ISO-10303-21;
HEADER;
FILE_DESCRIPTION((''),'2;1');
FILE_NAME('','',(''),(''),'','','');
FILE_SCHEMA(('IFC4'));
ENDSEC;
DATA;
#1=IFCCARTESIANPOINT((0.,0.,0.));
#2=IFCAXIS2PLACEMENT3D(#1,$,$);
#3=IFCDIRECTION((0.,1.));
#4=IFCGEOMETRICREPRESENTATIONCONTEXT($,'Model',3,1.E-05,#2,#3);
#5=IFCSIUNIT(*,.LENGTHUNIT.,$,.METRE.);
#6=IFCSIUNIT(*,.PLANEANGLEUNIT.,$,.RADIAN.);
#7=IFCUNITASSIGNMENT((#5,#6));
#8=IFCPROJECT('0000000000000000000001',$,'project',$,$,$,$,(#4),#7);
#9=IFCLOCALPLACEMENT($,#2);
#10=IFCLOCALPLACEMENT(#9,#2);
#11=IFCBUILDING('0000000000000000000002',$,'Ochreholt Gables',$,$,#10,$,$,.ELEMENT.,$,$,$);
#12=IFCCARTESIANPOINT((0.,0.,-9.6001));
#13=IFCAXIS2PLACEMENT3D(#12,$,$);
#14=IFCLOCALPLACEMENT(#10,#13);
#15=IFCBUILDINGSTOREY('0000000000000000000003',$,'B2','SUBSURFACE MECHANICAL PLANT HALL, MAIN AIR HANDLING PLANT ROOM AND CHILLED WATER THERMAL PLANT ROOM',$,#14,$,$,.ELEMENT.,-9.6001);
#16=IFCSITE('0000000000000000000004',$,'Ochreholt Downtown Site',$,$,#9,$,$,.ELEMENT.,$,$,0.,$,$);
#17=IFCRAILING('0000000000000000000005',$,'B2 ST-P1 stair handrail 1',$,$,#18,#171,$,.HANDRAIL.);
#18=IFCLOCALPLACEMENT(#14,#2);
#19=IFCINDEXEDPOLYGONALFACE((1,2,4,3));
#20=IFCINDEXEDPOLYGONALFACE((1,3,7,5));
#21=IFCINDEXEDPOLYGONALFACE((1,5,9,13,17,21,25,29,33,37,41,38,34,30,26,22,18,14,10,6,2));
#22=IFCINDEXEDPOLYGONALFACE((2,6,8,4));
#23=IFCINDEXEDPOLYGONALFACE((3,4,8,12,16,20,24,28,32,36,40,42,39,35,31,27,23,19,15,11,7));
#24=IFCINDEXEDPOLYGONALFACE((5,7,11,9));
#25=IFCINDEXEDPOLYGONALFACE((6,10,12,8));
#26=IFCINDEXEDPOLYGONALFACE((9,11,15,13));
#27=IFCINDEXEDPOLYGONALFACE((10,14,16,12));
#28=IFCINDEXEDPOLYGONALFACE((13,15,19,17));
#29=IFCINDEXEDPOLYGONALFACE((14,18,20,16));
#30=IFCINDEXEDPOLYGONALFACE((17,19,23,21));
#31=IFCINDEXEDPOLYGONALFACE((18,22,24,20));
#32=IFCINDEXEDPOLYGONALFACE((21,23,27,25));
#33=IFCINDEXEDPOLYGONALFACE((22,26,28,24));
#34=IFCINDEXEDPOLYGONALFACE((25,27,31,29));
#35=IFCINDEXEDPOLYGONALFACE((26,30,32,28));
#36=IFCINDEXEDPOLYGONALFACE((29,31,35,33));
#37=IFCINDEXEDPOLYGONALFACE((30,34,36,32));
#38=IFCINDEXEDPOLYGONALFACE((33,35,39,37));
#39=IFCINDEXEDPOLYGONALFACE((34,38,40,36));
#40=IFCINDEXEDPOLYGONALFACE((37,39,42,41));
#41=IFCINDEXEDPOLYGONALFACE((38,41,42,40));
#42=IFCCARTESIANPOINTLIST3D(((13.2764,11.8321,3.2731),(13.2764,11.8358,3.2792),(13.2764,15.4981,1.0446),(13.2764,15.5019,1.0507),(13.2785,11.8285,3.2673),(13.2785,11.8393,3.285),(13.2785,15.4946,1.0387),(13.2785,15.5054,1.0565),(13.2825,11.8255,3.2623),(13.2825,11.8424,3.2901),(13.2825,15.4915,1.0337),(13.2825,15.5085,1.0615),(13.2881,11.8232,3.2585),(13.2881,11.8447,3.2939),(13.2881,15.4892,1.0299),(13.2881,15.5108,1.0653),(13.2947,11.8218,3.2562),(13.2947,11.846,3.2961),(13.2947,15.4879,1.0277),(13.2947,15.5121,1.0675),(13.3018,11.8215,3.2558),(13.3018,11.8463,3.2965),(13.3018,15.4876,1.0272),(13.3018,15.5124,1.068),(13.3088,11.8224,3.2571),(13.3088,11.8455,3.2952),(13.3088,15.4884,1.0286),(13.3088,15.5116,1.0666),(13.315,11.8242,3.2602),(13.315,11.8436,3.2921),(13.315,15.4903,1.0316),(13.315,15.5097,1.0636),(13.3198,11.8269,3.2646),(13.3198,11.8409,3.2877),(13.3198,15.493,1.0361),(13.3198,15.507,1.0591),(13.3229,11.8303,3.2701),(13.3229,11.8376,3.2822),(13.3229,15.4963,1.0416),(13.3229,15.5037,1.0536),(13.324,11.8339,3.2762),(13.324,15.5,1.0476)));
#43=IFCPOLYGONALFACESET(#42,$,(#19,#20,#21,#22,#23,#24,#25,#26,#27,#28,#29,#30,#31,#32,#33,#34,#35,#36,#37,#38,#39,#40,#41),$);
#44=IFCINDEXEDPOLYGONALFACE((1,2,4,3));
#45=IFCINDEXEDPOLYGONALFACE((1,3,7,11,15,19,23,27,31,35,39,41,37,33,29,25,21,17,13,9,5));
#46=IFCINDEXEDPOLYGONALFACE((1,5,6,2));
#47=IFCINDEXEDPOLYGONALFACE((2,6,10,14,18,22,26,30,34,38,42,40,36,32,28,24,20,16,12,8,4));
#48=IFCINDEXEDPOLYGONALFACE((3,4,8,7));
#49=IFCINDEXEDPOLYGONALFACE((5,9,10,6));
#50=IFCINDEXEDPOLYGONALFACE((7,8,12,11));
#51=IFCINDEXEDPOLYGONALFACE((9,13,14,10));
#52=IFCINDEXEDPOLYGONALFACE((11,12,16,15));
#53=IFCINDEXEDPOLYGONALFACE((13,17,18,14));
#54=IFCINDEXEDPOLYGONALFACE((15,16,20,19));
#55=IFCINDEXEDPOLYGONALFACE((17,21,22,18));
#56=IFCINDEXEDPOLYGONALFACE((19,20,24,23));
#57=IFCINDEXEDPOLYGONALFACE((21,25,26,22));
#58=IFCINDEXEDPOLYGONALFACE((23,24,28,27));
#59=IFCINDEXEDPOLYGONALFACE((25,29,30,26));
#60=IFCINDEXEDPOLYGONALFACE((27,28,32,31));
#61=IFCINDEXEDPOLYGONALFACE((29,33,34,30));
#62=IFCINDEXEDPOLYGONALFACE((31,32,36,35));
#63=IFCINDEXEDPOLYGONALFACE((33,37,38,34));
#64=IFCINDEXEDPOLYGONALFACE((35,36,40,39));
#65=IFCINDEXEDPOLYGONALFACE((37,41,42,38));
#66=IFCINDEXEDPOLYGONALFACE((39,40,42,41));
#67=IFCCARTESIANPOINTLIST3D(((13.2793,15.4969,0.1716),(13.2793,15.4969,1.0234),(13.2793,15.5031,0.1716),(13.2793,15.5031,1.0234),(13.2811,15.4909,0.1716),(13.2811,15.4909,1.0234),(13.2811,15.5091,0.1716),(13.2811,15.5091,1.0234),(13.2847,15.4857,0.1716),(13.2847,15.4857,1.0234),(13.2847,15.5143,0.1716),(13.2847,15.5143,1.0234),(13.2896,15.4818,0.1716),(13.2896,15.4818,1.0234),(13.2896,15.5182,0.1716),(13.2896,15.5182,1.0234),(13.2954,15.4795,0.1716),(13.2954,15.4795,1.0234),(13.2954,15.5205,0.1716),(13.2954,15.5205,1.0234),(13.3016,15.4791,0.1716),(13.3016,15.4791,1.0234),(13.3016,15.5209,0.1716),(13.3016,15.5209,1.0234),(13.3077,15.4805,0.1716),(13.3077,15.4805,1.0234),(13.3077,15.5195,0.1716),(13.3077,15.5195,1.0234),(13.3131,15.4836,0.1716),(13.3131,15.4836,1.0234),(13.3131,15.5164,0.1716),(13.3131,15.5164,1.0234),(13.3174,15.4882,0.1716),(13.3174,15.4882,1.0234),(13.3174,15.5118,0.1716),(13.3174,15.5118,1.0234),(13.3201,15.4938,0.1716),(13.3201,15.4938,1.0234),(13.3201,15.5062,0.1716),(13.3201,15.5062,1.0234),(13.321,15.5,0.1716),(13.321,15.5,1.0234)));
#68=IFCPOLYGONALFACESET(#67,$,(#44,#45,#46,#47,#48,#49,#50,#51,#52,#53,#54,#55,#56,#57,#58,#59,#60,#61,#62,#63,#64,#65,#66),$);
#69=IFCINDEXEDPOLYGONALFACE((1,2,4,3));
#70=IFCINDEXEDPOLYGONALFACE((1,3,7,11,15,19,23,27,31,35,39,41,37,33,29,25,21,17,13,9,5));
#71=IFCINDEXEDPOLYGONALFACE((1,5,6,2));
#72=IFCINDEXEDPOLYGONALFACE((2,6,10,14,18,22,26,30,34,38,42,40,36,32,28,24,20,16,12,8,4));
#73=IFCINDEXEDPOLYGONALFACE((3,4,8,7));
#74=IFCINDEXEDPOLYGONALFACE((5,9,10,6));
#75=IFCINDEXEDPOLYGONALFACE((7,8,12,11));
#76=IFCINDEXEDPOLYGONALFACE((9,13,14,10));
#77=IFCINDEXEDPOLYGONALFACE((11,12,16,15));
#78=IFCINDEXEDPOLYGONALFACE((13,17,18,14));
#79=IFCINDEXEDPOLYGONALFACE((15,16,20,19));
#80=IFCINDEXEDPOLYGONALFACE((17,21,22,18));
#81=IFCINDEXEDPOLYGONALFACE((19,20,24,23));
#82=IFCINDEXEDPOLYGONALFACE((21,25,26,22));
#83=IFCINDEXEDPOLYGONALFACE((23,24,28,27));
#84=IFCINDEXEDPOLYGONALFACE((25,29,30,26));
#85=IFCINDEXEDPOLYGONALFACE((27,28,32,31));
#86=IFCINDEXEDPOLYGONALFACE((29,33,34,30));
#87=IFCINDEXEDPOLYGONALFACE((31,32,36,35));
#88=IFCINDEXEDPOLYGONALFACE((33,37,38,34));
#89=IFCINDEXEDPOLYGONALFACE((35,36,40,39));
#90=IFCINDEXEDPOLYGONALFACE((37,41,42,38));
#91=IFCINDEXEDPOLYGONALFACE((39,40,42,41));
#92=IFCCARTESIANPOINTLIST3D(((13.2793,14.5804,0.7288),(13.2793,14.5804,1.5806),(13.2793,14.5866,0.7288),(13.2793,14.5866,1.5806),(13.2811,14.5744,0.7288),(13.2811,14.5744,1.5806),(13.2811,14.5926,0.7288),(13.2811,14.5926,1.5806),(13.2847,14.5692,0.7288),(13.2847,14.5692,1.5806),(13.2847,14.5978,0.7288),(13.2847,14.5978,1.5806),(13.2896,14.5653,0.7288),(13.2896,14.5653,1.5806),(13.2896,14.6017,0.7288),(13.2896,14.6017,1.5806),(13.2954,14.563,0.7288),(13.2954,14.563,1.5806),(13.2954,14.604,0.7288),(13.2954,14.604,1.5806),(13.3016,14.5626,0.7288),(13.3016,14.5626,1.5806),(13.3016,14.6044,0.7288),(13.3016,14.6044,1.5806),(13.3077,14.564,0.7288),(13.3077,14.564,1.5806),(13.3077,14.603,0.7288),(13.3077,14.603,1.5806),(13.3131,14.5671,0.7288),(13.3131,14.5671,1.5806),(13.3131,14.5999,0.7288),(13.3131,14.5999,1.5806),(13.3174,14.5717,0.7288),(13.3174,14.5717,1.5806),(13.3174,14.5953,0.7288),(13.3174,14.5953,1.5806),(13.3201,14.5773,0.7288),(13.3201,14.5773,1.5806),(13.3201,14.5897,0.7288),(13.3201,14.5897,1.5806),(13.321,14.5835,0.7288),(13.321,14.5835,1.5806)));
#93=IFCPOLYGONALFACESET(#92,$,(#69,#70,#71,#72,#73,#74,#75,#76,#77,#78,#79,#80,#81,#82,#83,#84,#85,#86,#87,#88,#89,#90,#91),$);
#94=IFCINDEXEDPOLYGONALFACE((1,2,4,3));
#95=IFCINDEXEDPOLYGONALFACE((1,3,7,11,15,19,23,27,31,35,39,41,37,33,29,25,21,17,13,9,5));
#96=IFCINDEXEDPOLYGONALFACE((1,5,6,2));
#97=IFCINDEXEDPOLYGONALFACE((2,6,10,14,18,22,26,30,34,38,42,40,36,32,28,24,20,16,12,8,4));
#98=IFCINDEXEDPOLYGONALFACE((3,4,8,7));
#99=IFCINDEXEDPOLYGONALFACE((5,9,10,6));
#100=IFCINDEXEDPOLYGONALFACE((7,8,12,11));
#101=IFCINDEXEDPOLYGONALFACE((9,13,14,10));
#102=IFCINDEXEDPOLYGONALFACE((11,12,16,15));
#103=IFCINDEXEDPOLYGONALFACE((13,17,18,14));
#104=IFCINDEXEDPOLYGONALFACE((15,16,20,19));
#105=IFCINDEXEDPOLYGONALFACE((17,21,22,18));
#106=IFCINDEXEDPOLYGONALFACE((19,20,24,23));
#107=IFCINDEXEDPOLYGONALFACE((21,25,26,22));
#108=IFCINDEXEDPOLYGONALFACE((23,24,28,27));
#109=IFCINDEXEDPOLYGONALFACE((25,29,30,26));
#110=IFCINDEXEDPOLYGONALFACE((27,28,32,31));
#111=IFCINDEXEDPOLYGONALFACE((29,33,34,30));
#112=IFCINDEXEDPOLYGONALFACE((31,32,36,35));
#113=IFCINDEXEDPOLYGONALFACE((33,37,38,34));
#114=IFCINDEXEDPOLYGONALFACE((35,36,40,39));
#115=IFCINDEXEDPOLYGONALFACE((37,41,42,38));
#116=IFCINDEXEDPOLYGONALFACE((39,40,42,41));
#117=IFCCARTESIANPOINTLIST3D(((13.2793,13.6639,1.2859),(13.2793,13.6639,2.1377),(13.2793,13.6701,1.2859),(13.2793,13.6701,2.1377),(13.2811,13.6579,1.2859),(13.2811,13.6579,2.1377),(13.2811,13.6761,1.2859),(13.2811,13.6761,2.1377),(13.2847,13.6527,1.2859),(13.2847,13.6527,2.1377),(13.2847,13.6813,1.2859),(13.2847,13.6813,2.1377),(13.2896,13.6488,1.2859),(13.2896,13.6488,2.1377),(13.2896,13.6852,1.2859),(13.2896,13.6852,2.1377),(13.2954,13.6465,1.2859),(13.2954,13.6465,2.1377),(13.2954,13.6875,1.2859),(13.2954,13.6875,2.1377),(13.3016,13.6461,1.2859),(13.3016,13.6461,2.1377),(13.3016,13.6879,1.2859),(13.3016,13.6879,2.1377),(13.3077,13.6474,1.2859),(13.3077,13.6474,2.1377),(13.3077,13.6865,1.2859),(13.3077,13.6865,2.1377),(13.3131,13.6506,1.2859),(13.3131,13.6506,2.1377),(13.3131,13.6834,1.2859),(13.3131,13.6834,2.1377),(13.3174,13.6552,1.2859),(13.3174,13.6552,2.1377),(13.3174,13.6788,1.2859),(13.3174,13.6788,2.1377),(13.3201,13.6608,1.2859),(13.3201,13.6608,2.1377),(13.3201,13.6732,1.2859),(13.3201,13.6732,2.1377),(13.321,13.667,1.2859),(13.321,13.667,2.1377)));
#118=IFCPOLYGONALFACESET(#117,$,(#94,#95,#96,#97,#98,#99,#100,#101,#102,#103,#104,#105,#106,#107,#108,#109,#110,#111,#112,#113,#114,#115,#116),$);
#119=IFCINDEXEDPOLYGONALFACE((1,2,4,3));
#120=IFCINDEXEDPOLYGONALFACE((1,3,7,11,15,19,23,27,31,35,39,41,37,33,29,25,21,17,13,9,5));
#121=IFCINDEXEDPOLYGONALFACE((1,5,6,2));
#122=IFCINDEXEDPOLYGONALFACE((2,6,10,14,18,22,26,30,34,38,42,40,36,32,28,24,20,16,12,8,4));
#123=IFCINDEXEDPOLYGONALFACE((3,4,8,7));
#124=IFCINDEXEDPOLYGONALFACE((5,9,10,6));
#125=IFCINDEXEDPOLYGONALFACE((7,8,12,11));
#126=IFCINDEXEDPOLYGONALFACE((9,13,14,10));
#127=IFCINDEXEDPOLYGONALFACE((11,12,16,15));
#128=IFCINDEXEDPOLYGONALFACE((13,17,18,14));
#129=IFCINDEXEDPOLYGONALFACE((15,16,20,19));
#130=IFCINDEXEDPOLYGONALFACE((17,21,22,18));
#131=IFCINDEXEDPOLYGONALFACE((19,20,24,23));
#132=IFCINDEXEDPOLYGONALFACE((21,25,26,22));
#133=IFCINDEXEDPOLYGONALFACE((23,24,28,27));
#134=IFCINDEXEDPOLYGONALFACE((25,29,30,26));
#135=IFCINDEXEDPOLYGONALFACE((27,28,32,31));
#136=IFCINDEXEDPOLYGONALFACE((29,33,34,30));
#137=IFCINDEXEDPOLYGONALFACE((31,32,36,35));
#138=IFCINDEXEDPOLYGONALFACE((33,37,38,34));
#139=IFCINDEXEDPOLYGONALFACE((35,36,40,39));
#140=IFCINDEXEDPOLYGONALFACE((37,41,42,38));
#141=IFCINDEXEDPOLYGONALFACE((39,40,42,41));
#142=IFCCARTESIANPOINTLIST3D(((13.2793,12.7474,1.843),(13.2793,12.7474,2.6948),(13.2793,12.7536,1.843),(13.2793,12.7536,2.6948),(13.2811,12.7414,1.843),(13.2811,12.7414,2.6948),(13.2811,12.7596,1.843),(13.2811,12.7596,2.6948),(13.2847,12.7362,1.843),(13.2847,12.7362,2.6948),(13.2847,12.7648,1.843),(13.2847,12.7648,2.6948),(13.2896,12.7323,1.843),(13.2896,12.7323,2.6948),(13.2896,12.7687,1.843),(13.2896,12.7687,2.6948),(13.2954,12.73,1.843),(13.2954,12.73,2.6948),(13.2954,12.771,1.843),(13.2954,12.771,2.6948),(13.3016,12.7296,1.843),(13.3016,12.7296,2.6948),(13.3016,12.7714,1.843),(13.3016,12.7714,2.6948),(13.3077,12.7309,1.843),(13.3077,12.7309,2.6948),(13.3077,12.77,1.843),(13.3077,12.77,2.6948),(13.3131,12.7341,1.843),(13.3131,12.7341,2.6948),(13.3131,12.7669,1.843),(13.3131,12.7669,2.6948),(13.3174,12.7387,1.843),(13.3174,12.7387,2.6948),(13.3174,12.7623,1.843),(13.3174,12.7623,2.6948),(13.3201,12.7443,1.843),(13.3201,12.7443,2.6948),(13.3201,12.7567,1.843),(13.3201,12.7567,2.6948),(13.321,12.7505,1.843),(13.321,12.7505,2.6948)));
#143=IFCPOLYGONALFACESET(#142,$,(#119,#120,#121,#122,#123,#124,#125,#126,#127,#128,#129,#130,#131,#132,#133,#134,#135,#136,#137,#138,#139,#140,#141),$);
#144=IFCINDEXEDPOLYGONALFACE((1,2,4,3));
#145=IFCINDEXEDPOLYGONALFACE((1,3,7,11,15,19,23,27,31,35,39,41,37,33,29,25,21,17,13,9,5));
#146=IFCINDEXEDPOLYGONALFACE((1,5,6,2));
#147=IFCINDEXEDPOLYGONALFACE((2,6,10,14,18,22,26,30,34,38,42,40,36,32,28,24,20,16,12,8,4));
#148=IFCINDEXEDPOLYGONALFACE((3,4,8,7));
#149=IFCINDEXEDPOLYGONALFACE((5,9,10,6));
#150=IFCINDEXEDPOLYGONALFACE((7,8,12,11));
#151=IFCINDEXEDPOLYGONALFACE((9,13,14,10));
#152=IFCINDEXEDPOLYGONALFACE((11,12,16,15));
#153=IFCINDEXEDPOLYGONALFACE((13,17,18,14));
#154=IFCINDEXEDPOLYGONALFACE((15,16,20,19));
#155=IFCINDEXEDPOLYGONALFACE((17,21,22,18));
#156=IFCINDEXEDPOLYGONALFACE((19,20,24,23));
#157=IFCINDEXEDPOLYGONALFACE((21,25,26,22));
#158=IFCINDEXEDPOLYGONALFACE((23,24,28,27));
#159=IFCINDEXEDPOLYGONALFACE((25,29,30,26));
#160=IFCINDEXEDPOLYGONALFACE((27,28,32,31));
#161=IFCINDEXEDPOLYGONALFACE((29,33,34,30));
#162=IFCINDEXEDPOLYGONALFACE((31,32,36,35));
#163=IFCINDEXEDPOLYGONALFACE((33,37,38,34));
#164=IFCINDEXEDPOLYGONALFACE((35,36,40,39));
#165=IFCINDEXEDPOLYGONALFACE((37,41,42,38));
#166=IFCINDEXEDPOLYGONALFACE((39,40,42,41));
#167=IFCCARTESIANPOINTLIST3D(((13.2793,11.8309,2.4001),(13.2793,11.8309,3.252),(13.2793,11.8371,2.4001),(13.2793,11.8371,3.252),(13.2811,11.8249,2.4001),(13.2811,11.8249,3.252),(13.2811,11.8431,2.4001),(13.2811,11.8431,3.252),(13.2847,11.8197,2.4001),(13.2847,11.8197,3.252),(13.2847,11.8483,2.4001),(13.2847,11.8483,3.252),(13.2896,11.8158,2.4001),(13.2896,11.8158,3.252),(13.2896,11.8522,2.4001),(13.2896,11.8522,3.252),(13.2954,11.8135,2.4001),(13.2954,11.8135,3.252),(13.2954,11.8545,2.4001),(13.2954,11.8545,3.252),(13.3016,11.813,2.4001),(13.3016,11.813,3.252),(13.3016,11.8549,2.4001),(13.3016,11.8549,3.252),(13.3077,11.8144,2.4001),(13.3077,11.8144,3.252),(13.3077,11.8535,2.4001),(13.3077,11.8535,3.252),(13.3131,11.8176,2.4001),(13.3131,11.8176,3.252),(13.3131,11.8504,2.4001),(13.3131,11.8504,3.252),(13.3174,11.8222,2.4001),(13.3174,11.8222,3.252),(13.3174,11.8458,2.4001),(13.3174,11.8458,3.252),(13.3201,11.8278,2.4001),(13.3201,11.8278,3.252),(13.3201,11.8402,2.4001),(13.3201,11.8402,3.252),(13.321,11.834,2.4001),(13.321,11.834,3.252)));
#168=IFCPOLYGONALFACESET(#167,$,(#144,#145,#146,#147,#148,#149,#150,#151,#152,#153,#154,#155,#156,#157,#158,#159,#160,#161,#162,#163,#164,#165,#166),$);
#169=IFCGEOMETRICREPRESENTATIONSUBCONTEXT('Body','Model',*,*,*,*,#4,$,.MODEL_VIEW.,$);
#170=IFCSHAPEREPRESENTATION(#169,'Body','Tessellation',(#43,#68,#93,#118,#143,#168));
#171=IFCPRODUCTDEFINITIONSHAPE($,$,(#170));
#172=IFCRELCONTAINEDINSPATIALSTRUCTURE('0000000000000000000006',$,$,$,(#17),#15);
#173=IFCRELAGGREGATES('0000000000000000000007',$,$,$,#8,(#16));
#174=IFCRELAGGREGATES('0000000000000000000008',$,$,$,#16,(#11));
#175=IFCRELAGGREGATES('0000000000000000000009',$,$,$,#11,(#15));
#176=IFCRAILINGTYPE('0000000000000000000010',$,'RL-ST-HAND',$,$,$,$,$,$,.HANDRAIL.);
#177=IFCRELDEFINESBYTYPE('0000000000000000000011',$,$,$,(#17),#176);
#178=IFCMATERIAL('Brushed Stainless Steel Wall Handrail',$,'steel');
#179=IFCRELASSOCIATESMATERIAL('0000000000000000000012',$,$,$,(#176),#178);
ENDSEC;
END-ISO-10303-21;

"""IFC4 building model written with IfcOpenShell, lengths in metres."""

from ifc_helpers import new_model, si_unit, direction, frame, origin, origin_2d, place, context, subcontext, project, spatial, circle, extrude, material, type_object, element, save


model = new_model("IFC4")

# Units and contexts
model_context = context("Model", 3, precision=1e-05, world=origin(), true_north=direction((0.0, 1.0)))
body_context = subcontext(model_context, "Body", "Model", "MODEL_VIEW")
ifc_project = project(units=[si_unit("LENGTHUNIT", "METRE"), si_unit("PLANEANGLEUNIT", "RADIAN")], contexts=[model_context])

# Site, building, storey
site_placement = place(None, origin())
site = spatial("IfcSite", under=ifc_project, at=site_placement, Name="Ochreholt Downtown Site", CompositionType="ELEMENT", RefElevation=0.0)
building_placement = place(site_placement, origin())
building = spatial("IfcBuilding", under=site, at=building_placement, Name="Ochreholt Gables", CompositionType="ELEMENT")
storey_placement = place(building_placement, frame((0.0, 0.0, -9.6001)))
storey = spatial("IfcBuildingStorey", under=building, at=storey_placement, Name="B2", Description="SUBSURFACE MECHANICAL PLANT HALL, MAIN AIR HANDLING PLANT ROOM AND CHILLED WATER THERMAL PLANT ROOM", CompositionType="ELEMENT", Elevation=-9.6001)

# Railing
ifc_material_1 = material(Name="Brushed Stainless Steel Wall Handrail", Category="steel")
railing_type_1 = type_object("IfcRailingType", Name="RL-ST-HAND", PredefinedType="HANDRAIL", material=ifc_material_1)
for number, where, name in (
    (1, (13.3, 15.5, 0.1716), "B2 ST-P1 stair handrail 1"),
):
    element("IfcRailing", number, at=place(storey_placement, frame(where)), inside=storey, type_object=railing_type_1, Name=name, PredefinedType="HANDRAIL", context=body_context, shape_type="SweptSolid", body=[
        extrude(circle(Radius=0.0239, at=origin_2d()), frame((0.0, 0.0, 0.876), z_axis=(0.0, -0.854506, 0.519441), x_axis=(1.0, 0.0, 0.0)), (0.0, 0.0, 1.0), 4.2903),
        extrude(circle(Radius=0.021, at=origin_2d()), origin(), (0.0, 0.0, 1.0), 0.8518),
        extrude(circle(Radius=0.021, at=origin_2d()), frame((0.0, -0.9165, 0.5571)), (0.0, 0.0, 1.0), 0.8518),
        extrude(circle(Radius=0.021, at=origin_2d()), frame((0.0, -1.833, 1.1143)), (0.0, 0.0, 1.0), 0.8518),
        extrude(circle(Radius=0.021, at=origin_2d()), frame((0.0, -2.7495, 1.6714)), (0.0, 0.0, 1.0), 0.8518),
        extrude(circle(Radius=0.021, at=origin_2d()), frame((0.0, -3.666, 2.2285)), (0.0, 0.0, 1.0), 0.8518),
    ])

save(model, "model.ifc")
